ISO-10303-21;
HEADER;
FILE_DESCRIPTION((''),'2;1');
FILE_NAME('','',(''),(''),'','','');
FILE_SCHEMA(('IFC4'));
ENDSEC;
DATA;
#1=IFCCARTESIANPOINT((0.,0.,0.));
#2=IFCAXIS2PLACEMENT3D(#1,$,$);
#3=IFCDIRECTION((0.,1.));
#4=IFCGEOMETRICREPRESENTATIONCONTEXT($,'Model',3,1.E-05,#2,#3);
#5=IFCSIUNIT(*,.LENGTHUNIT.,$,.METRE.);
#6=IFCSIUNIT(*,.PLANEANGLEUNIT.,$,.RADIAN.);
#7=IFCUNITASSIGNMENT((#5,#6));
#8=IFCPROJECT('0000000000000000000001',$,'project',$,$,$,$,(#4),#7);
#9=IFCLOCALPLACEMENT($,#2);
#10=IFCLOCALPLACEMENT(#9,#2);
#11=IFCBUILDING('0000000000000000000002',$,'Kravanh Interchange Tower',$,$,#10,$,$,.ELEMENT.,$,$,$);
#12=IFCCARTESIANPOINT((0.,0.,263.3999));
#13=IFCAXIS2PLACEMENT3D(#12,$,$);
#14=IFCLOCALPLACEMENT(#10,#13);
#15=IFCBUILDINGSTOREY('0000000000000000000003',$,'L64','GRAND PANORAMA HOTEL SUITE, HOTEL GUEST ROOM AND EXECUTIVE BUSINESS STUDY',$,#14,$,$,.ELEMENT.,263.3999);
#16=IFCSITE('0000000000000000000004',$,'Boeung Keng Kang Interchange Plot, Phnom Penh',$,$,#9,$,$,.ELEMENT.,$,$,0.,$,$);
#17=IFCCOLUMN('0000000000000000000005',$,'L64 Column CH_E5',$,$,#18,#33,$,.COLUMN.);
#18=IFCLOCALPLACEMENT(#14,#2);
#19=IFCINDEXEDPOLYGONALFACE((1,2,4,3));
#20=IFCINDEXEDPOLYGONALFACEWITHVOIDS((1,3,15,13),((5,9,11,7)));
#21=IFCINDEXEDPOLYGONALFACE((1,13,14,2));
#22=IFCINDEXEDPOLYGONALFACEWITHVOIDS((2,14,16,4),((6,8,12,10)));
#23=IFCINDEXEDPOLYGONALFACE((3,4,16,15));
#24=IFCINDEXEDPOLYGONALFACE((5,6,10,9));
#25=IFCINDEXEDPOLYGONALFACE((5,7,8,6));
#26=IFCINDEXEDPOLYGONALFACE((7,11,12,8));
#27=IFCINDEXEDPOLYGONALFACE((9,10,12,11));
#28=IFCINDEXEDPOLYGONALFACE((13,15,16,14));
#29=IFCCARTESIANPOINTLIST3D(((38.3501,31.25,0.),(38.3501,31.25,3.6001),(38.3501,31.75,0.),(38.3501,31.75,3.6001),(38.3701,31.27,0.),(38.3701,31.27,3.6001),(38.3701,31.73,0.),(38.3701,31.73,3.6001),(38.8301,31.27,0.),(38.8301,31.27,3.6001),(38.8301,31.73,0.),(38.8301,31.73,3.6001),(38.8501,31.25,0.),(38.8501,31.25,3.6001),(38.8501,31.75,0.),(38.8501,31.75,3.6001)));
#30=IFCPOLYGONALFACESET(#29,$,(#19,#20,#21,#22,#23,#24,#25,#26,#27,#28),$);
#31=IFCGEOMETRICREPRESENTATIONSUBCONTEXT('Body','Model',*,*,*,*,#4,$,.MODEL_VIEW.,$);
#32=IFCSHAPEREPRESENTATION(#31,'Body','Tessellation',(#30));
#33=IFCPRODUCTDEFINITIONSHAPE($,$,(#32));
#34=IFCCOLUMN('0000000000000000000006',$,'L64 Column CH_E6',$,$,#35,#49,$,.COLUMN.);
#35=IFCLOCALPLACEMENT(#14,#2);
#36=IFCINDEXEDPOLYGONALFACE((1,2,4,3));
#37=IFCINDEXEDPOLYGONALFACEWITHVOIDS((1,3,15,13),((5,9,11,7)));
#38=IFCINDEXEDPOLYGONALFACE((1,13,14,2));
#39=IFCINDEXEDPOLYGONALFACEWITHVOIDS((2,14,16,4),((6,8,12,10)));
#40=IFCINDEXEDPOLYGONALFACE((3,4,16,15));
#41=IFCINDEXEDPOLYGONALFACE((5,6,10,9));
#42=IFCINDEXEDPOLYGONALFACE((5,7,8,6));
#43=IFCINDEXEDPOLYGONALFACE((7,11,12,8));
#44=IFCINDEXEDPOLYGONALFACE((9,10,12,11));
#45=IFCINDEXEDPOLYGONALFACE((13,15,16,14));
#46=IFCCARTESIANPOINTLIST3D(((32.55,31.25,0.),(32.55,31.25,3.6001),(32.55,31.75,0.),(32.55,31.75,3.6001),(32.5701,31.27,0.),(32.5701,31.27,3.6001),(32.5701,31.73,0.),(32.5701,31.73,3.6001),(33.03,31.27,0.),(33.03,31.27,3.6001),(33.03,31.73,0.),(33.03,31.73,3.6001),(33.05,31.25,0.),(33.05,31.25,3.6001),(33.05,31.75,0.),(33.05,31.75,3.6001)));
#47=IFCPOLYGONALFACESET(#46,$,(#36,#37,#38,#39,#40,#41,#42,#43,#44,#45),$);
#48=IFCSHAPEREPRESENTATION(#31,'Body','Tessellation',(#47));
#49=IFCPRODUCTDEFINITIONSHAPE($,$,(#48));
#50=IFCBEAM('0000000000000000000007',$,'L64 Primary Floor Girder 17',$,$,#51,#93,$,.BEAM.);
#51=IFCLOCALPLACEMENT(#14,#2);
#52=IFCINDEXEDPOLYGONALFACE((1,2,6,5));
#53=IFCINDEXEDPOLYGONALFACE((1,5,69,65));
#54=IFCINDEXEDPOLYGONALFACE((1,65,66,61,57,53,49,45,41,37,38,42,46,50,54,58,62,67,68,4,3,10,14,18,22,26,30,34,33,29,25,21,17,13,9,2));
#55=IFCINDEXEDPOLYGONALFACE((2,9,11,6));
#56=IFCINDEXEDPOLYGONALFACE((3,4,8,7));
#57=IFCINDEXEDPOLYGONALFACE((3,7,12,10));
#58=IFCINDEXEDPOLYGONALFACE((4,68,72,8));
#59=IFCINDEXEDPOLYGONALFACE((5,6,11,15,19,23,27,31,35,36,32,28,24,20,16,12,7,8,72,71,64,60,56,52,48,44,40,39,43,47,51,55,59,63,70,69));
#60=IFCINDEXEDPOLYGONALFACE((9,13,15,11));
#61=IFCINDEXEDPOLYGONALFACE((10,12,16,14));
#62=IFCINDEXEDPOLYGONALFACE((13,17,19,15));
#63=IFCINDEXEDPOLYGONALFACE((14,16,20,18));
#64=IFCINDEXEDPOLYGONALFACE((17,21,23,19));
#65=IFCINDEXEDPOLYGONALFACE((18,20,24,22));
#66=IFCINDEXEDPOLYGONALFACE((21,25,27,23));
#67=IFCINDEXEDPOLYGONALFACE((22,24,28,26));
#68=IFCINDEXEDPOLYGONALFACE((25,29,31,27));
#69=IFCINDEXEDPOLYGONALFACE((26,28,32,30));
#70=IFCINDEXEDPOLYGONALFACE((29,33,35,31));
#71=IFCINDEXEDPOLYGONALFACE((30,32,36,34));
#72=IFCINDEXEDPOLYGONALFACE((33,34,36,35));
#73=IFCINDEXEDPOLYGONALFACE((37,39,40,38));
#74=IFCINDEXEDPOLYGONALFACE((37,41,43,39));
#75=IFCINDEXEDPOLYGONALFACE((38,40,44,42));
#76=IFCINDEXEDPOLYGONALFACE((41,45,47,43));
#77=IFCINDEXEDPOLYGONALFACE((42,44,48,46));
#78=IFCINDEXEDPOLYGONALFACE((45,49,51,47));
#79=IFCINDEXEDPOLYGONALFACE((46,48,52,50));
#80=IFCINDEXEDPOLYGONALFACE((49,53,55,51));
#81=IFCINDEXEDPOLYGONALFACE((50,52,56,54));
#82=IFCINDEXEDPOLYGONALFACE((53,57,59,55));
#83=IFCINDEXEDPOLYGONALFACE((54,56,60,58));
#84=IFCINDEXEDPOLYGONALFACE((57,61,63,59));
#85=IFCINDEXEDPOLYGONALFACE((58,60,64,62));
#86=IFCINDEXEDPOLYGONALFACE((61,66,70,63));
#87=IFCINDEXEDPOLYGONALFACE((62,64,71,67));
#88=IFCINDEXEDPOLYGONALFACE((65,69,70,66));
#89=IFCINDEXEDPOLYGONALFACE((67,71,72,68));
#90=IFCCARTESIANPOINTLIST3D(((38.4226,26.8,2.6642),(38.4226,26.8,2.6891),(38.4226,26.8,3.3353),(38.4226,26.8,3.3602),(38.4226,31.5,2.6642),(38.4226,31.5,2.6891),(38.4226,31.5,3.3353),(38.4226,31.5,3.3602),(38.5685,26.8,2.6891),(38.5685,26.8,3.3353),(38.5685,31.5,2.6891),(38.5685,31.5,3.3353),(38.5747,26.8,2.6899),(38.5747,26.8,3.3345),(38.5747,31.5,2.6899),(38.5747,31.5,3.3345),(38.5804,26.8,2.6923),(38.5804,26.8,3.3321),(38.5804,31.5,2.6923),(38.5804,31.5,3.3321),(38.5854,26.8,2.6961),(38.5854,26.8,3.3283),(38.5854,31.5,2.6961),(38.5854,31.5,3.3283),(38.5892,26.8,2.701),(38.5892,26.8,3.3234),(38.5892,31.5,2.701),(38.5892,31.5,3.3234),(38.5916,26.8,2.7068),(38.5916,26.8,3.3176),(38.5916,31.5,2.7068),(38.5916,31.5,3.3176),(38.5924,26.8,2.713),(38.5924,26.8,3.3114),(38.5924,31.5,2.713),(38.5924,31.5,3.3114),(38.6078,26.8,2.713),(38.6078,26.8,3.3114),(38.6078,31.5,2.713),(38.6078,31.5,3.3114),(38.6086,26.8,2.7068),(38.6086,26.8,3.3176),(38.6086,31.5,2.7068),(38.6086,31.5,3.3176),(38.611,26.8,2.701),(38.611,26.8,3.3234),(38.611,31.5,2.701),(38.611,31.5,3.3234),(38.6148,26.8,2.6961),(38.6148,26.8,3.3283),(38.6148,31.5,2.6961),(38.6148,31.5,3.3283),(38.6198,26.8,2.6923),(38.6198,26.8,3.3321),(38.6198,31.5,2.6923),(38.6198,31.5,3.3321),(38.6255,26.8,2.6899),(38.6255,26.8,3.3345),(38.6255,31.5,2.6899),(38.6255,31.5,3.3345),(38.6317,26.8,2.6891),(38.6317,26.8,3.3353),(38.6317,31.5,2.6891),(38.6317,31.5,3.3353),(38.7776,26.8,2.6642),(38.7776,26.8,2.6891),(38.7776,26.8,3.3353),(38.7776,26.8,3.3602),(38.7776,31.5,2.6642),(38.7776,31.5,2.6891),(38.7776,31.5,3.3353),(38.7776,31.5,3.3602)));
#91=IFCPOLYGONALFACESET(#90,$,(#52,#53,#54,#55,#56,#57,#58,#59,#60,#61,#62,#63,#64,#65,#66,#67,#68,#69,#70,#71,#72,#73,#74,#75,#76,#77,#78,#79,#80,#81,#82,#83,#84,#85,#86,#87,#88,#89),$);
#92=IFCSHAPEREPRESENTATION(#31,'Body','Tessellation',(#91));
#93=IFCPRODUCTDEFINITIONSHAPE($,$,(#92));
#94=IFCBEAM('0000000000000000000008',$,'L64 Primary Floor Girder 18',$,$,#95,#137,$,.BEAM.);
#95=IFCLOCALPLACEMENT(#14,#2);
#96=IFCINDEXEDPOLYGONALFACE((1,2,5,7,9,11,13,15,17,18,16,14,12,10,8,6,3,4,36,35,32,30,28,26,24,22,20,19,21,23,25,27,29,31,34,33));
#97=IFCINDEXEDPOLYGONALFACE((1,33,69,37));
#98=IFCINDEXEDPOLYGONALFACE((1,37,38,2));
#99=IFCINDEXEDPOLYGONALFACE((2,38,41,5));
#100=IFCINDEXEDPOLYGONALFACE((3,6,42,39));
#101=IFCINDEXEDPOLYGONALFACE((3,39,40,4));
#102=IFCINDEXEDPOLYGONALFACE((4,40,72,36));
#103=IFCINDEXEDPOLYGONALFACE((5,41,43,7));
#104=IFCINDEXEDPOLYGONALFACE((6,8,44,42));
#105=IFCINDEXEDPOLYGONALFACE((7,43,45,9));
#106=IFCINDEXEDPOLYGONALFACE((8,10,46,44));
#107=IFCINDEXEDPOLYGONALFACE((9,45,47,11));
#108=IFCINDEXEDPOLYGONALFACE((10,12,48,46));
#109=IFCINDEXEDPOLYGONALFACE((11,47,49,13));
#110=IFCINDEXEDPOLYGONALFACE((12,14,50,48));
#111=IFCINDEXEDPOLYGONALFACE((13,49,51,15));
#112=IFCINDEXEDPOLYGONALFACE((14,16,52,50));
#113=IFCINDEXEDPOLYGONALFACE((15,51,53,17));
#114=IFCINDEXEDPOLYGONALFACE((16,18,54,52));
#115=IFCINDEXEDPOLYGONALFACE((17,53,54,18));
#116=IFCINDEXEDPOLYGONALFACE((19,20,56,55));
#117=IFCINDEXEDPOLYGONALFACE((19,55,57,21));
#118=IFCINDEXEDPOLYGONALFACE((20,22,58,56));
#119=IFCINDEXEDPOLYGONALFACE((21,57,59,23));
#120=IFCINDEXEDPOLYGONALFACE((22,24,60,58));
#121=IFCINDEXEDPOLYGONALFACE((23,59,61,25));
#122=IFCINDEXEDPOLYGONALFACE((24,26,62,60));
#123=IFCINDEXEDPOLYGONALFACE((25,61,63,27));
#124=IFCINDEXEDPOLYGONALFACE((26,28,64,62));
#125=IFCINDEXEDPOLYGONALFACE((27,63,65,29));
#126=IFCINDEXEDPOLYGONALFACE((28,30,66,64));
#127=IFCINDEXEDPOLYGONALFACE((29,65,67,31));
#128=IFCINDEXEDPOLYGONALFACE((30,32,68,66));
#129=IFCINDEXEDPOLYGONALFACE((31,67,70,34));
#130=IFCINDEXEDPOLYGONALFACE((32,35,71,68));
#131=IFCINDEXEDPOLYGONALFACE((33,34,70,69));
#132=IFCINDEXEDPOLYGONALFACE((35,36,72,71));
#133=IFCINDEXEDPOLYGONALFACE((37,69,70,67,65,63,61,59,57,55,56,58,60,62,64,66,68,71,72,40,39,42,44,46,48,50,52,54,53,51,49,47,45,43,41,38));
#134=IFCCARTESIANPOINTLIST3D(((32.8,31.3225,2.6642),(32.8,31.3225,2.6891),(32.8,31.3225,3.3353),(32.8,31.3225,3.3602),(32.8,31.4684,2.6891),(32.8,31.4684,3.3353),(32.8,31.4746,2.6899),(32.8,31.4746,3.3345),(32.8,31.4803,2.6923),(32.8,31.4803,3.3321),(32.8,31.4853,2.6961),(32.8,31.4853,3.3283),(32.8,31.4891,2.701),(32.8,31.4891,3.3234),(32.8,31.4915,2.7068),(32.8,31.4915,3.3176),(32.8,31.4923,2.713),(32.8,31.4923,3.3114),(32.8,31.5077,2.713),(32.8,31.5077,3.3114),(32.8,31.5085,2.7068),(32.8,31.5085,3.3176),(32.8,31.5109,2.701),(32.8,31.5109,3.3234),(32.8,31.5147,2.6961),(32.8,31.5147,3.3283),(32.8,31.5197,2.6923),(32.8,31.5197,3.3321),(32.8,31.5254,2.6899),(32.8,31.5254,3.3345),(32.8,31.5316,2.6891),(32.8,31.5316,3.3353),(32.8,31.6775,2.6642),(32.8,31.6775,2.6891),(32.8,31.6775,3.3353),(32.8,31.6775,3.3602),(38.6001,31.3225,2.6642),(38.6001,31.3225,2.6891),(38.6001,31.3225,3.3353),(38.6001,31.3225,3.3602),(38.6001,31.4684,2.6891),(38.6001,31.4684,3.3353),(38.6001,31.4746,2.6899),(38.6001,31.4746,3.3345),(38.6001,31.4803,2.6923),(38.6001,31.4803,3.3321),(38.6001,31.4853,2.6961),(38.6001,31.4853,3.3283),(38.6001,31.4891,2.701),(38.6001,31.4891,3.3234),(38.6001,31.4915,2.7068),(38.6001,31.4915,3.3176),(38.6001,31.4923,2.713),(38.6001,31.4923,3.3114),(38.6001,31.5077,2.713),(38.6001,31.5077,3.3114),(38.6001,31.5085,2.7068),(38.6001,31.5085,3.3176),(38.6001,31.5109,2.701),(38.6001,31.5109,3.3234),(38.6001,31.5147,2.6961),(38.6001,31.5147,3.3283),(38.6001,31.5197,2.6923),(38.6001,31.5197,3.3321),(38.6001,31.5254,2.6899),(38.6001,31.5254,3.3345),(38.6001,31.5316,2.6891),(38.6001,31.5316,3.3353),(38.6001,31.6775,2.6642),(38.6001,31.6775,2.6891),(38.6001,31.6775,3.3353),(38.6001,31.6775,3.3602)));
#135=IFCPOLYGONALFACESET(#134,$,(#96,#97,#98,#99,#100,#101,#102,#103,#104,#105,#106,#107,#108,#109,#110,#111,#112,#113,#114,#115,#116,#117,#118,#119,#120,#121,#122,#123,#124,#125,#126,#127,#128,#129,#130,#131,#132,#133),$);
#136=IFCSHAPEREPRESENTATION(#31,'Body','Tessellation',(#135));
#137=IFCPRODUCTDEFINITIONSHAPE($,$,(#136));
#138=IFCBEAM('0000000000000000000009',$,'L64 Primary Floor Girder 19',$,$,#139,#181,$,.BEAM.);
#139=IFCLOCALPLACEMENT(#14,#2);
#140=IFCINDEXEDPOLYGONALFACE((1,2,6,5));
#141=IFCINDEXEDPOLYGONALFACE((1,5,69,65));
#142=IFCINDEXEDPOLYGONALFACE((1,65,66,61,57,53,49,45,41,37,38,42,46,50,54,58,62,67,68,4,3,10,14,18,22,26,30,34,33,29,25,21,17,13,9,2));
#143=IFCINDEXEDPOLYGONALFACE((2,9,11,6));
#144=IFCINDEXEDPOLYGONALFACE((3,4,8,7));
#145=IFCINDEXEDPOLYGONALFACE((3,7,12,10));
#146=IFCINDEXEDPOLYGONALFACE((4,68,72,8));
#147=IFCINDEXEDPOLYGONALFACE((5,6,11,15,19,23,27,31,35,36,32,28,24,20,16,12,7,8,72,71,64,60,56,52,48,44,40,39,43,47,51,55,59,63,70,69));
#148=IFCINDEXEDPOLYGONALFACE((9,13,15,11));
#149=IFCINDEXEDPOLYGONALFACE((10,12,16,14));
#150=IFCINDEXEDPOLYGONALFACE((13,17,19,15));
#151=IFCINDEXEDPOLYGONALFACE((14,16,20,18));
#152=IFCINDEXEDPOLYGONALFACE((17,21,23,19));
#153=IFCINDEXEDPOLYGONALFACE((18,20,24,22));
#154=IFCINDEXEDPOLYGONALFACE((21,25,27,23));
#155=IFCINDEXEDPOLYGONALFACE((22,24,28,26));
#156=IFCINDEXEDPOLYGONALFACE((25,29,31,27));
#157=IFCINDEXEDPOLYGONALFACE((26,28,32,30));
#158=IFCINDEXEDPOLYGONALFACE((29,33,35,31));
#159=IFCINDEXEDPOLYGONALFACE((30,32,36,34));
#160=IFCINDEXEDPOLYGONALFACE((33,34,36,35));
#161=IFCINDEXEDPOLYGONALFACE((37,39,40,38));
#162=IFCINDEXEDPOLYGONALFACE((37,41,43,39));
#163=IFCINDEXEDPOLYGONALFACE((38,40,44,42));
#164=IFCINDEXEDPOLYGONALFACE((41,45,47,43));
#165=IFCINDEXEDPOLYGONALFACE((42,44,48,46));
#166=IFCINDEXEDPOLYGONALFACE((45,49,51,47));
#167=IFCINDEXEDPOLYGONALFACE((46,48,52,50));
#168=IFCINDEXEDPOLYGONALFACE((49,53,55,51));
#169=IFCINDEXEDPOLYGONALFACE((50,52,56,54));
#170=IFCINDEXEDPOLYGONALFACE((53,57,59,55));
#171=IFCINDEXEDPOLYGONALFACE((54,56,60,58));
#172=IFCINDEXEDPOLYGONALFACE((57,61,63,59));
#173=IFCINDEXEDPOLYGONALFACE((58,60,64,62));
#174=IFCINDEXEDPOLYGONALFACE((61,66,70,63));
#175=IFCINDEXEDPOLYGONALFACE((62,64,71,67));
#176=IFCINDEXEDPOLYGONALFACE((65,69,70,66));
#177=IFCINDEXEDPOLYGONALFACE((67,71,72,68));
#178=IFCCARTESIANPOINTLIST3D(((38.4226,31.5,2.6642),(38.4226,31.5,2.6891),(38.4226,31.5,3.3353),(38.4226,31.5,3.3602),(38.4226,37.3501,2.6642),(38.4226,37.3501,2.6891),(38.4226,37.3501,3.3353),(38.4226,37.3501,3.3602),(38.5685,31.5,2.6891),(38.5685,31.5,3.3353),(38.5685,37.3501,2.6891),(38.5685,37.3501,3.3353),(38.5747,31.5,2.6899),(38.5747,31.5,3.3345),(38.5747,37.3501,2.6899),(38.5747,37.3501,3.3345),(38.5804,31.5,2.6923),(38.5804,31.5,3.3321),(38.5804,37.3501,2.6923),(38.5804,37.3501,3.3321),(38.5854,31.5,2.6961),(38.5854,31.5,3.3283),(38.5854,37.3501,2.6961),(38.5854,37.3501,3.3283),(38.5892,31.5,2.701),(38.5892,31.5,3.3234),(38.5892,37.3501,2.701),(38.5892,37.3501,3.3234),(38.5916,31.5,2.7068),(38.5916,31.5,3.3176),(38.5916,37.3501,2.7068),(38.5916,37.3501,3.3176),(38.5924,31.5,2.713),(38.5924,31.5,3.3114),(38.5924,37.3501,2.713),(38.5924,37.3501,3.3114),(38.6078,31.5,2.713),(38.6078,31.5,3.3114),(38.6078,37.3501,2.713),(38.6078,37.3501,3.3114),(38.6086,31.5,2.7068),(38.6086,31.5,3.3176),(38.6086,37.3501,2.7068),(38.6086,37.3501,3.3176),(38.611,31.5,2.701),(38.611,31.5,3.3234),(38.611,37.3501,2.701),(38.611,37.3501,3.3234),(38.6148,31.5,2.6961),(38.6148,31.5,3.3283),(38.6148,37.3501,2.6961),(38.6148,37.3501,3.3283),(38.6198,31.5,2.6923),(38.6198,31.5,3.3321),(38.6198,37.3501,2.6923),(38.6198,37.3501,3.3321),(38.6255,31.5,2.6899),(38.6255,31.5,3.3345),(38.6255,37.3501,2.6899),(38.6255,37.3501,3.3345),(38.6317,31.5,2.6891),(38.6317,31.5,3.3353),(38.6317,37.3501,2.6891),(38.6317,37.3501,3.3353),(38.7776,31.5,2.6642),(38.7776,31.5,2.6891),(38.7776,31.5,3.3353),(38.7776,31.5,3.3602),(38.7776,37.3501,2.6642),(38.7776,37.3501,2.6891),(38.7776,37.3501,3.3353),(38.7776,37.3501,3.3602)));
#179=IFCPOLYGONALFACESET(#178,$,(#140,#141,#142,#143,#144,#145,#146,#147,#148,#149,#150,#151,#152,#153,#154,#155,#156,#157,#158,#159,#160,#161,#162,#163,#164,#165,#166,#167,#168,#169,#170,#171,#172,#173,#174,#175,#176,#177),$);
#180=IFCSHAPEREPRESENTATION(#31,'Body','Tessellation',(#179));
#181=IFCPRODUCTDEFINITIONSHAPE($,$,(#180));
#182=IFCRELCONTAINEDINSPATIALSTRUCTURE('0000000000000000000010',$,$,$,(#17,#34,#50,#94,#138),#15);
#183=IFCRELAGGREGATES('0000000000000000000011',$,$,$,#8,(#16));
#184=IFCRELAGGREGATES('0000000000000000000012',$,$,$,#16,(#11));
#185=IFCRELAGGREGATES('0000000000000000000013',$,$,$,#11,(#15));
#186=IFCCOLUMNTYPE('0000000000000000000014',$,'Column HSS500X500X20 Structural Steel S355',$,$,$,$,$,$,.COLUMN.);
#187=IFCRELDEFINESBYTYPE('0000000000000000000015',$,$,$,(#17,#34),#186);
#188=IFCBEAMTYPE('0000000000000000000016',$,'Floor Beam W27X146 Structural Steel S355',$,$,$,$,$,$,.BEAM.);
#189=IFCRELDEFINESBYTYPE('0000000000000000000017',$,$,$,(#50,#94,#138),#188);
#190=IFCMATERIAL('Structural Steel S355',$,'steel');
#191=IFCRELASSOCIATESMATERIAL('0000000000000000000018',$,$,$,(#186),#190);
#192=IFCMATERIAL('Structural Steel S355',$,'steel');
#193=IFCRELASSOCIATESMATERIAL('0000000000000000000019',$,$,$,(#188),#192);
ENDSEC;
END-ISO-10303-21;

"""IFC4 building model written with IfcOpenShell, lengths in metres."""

from ifc_helpers import new_model, si_unit, direction, frame, origin, origin_2d, place, context, subcontext, project, spatial, hollow_rectangle, i_section, extrude, material, material_profile, profile_set, type_object, element, save


model = new_model("IFC4")

# Units and contexts
model_context = context("Model", 3, precision=1e-05, world=origin(), true_north=direction((0.0, 1.0)))
body_context = subcontext(model_context, "Body", "Model", "MODEL_VIEW")
ifc_project = project(units=[si_unit("LENGTHUNIT", "METRE"), si_unit("PLANEANGLEUNIT", "RADIAN")], contexts=[model_context])

# Site, building, storey
site_placement = place(None, origin())
site = spatial("IfcSite", under=ifc_project, at=site_placement, Name="Boeung Keng Kang Interchange Plot, Phnom Penh", CompositionType="ELEMENT", RefElevation=0.0)
building_placement = place(site_placement, origin())
building = spatial("IfcBuilding", under=site, at=building_placement, Name="Kravanh Interchange Tower", CompositionType="ELEMENT")
storey_placement = place(building_placement, frame((0.0, 0.0, 263.3999)))
storey = spatial("IfcBuildingStorey", under=building, at=storey_placement, Name="L64", Description="GRAND PANORAMA HOTEL SUITE, HOTEL GUEST ROOM AND EXECUTIVE BUSINESS STUDY", CompositionType="ELEMENT", Elevation=263.3999)

# Columns
ifc_material_1 = material(Name="Structural Steel S355", Category="steel")
ifc_material_profile_1 = material_profile(ifc_material_1, hollow_rectangle(XDim=0.5, YDim=0.5, WallThickness=0.02, at=origin_2d()), Name="HSS500X500X20")
ifc_profile_set_1 = profile_set([ifc_material_profile_1], Name="Structural Steel S355")
column_type = type_object("IfcColumnType", Name="Column HSS500X500X20 Structural Steel S355", PredefinedType="COLUMN", material=ifc_profile_set_1)
for number, where, z_axis, x_axis, name in (
    (1, (38.6001, 31.5, 0.0), (0.0, 0.0, 1.0), (1.0, 0.0, 0.0), "L64 Column CH_E5"),
    (2, (32.8, 31.5, 0.0), (0.0, 0.0, 1.0), (1.0, 0.0, 0.0), "L64 Column CH_E6"),
):
    element("IfcColumn", number, at=place(storey_placement, frame(where, z_axis=z_axis, x_axis=x_axis)), inside=storey, type_object=column_type, Name=name, PredefinedType="COLUMN", context=body_context, shape_type="SweptSolid", body=[
        extrude(hollow_rectangle(XDim=0.5, YDim=0.5, WallThickness=0.02, at=origin_2d()), origin(), (0.0, 0.0, 1.0), 3.6001),
    ])

# Beams
ifc_material_2 = material(Name="Structural Steel S355", Category="steel")
ifc_material_profile_2 = material_profile(ifc_material_2, i_section(OverallWidth=0.355, OverallDepth=0.696, WebThickness=0.0154, FlangeThickness=0.0249, FilletRadius=0.0239, at=origin_2d()), Name="W27X146")
ifc_profile_set_2 = profile_set([ifc_material_profile_2], Name="Structural Steel S355")
beam_type_1 = type_object("IfcBeamType", Name="Floor Beam W27X146 Structural Steel S355", PredefinedType="BEAM", material=ifc_profile_set_2)
beam_1_placement = place(storey_placement, frame((38.6001, 31.5, 3.0122), z_axis=(0.0, -1.0, 0.0), x_axis=(1.0, 0.0, 0.0)))
element("IfcBeam", 3, at=beam_1_placement, inside=storey, type_object=beam_type_1, Name="L64 Primary Floor Girder 17", PredefinedType="BEAM", context=body_context, shape_type="SweptSolid", body=[
    extrude(i_section(OverallWidth=0.355, OverallDepth=0.696, WebThickness=0.0154, FlangeThickness=0.0249, FilletRadius=0.0239, at=origin_2d()), origin(), (0.0, 0.0, 1.0), 4.7),
])
beam_2_placement = place(storey_placement, frame((38.6001, 31.5, 3.0122), z_axis=(-1.0, 0.0, 0.0), x_axis=(0.0, -1.0, 0.0)))
element("IfcBeam", 4, at=beam_2_placement, inside=storey, type_object=beam_type_1, Name="L64 Primary Floor Girder 18", PredefinedType="BEAM", context=body_context, shape_type="SweptSolid", body=[
    extrude(i_section(OverallWidth=0.355, OverallDepth=0.696, WebThickness=0.0154, FlangeThickness=0.0249, FilletRadius=0.0239, at=origin_2d()), origin(), (0.0, 0.0, 1.0), 5.8),
])
beam_3_placement = place(storey_placement, frame((38.6001, 31.5, 3.0122), z_axis=(0.0, 1.0, 0.0), x_axis=(-1.0, 0.0, 0.0)))
element("IfcBeam", 5, at=beam_3_placement, inside=storey, type_object=beam_type_1, Name="L64 Primary Floor Girder 19", PredefinedType="BEAM", context=body_context, shape_type="SweptSolid", body=[
    extrude(i_section(OverallWidth=0.355, OverallDepth=0.696, WebThickness=0.0154, FlangeThickness=0.0249, FilletRadius=0.0239, at=origin_2d()), origin(), (0.0, 0.0, 1.0), 5.8501),
])

save(model, "model.ifc")
